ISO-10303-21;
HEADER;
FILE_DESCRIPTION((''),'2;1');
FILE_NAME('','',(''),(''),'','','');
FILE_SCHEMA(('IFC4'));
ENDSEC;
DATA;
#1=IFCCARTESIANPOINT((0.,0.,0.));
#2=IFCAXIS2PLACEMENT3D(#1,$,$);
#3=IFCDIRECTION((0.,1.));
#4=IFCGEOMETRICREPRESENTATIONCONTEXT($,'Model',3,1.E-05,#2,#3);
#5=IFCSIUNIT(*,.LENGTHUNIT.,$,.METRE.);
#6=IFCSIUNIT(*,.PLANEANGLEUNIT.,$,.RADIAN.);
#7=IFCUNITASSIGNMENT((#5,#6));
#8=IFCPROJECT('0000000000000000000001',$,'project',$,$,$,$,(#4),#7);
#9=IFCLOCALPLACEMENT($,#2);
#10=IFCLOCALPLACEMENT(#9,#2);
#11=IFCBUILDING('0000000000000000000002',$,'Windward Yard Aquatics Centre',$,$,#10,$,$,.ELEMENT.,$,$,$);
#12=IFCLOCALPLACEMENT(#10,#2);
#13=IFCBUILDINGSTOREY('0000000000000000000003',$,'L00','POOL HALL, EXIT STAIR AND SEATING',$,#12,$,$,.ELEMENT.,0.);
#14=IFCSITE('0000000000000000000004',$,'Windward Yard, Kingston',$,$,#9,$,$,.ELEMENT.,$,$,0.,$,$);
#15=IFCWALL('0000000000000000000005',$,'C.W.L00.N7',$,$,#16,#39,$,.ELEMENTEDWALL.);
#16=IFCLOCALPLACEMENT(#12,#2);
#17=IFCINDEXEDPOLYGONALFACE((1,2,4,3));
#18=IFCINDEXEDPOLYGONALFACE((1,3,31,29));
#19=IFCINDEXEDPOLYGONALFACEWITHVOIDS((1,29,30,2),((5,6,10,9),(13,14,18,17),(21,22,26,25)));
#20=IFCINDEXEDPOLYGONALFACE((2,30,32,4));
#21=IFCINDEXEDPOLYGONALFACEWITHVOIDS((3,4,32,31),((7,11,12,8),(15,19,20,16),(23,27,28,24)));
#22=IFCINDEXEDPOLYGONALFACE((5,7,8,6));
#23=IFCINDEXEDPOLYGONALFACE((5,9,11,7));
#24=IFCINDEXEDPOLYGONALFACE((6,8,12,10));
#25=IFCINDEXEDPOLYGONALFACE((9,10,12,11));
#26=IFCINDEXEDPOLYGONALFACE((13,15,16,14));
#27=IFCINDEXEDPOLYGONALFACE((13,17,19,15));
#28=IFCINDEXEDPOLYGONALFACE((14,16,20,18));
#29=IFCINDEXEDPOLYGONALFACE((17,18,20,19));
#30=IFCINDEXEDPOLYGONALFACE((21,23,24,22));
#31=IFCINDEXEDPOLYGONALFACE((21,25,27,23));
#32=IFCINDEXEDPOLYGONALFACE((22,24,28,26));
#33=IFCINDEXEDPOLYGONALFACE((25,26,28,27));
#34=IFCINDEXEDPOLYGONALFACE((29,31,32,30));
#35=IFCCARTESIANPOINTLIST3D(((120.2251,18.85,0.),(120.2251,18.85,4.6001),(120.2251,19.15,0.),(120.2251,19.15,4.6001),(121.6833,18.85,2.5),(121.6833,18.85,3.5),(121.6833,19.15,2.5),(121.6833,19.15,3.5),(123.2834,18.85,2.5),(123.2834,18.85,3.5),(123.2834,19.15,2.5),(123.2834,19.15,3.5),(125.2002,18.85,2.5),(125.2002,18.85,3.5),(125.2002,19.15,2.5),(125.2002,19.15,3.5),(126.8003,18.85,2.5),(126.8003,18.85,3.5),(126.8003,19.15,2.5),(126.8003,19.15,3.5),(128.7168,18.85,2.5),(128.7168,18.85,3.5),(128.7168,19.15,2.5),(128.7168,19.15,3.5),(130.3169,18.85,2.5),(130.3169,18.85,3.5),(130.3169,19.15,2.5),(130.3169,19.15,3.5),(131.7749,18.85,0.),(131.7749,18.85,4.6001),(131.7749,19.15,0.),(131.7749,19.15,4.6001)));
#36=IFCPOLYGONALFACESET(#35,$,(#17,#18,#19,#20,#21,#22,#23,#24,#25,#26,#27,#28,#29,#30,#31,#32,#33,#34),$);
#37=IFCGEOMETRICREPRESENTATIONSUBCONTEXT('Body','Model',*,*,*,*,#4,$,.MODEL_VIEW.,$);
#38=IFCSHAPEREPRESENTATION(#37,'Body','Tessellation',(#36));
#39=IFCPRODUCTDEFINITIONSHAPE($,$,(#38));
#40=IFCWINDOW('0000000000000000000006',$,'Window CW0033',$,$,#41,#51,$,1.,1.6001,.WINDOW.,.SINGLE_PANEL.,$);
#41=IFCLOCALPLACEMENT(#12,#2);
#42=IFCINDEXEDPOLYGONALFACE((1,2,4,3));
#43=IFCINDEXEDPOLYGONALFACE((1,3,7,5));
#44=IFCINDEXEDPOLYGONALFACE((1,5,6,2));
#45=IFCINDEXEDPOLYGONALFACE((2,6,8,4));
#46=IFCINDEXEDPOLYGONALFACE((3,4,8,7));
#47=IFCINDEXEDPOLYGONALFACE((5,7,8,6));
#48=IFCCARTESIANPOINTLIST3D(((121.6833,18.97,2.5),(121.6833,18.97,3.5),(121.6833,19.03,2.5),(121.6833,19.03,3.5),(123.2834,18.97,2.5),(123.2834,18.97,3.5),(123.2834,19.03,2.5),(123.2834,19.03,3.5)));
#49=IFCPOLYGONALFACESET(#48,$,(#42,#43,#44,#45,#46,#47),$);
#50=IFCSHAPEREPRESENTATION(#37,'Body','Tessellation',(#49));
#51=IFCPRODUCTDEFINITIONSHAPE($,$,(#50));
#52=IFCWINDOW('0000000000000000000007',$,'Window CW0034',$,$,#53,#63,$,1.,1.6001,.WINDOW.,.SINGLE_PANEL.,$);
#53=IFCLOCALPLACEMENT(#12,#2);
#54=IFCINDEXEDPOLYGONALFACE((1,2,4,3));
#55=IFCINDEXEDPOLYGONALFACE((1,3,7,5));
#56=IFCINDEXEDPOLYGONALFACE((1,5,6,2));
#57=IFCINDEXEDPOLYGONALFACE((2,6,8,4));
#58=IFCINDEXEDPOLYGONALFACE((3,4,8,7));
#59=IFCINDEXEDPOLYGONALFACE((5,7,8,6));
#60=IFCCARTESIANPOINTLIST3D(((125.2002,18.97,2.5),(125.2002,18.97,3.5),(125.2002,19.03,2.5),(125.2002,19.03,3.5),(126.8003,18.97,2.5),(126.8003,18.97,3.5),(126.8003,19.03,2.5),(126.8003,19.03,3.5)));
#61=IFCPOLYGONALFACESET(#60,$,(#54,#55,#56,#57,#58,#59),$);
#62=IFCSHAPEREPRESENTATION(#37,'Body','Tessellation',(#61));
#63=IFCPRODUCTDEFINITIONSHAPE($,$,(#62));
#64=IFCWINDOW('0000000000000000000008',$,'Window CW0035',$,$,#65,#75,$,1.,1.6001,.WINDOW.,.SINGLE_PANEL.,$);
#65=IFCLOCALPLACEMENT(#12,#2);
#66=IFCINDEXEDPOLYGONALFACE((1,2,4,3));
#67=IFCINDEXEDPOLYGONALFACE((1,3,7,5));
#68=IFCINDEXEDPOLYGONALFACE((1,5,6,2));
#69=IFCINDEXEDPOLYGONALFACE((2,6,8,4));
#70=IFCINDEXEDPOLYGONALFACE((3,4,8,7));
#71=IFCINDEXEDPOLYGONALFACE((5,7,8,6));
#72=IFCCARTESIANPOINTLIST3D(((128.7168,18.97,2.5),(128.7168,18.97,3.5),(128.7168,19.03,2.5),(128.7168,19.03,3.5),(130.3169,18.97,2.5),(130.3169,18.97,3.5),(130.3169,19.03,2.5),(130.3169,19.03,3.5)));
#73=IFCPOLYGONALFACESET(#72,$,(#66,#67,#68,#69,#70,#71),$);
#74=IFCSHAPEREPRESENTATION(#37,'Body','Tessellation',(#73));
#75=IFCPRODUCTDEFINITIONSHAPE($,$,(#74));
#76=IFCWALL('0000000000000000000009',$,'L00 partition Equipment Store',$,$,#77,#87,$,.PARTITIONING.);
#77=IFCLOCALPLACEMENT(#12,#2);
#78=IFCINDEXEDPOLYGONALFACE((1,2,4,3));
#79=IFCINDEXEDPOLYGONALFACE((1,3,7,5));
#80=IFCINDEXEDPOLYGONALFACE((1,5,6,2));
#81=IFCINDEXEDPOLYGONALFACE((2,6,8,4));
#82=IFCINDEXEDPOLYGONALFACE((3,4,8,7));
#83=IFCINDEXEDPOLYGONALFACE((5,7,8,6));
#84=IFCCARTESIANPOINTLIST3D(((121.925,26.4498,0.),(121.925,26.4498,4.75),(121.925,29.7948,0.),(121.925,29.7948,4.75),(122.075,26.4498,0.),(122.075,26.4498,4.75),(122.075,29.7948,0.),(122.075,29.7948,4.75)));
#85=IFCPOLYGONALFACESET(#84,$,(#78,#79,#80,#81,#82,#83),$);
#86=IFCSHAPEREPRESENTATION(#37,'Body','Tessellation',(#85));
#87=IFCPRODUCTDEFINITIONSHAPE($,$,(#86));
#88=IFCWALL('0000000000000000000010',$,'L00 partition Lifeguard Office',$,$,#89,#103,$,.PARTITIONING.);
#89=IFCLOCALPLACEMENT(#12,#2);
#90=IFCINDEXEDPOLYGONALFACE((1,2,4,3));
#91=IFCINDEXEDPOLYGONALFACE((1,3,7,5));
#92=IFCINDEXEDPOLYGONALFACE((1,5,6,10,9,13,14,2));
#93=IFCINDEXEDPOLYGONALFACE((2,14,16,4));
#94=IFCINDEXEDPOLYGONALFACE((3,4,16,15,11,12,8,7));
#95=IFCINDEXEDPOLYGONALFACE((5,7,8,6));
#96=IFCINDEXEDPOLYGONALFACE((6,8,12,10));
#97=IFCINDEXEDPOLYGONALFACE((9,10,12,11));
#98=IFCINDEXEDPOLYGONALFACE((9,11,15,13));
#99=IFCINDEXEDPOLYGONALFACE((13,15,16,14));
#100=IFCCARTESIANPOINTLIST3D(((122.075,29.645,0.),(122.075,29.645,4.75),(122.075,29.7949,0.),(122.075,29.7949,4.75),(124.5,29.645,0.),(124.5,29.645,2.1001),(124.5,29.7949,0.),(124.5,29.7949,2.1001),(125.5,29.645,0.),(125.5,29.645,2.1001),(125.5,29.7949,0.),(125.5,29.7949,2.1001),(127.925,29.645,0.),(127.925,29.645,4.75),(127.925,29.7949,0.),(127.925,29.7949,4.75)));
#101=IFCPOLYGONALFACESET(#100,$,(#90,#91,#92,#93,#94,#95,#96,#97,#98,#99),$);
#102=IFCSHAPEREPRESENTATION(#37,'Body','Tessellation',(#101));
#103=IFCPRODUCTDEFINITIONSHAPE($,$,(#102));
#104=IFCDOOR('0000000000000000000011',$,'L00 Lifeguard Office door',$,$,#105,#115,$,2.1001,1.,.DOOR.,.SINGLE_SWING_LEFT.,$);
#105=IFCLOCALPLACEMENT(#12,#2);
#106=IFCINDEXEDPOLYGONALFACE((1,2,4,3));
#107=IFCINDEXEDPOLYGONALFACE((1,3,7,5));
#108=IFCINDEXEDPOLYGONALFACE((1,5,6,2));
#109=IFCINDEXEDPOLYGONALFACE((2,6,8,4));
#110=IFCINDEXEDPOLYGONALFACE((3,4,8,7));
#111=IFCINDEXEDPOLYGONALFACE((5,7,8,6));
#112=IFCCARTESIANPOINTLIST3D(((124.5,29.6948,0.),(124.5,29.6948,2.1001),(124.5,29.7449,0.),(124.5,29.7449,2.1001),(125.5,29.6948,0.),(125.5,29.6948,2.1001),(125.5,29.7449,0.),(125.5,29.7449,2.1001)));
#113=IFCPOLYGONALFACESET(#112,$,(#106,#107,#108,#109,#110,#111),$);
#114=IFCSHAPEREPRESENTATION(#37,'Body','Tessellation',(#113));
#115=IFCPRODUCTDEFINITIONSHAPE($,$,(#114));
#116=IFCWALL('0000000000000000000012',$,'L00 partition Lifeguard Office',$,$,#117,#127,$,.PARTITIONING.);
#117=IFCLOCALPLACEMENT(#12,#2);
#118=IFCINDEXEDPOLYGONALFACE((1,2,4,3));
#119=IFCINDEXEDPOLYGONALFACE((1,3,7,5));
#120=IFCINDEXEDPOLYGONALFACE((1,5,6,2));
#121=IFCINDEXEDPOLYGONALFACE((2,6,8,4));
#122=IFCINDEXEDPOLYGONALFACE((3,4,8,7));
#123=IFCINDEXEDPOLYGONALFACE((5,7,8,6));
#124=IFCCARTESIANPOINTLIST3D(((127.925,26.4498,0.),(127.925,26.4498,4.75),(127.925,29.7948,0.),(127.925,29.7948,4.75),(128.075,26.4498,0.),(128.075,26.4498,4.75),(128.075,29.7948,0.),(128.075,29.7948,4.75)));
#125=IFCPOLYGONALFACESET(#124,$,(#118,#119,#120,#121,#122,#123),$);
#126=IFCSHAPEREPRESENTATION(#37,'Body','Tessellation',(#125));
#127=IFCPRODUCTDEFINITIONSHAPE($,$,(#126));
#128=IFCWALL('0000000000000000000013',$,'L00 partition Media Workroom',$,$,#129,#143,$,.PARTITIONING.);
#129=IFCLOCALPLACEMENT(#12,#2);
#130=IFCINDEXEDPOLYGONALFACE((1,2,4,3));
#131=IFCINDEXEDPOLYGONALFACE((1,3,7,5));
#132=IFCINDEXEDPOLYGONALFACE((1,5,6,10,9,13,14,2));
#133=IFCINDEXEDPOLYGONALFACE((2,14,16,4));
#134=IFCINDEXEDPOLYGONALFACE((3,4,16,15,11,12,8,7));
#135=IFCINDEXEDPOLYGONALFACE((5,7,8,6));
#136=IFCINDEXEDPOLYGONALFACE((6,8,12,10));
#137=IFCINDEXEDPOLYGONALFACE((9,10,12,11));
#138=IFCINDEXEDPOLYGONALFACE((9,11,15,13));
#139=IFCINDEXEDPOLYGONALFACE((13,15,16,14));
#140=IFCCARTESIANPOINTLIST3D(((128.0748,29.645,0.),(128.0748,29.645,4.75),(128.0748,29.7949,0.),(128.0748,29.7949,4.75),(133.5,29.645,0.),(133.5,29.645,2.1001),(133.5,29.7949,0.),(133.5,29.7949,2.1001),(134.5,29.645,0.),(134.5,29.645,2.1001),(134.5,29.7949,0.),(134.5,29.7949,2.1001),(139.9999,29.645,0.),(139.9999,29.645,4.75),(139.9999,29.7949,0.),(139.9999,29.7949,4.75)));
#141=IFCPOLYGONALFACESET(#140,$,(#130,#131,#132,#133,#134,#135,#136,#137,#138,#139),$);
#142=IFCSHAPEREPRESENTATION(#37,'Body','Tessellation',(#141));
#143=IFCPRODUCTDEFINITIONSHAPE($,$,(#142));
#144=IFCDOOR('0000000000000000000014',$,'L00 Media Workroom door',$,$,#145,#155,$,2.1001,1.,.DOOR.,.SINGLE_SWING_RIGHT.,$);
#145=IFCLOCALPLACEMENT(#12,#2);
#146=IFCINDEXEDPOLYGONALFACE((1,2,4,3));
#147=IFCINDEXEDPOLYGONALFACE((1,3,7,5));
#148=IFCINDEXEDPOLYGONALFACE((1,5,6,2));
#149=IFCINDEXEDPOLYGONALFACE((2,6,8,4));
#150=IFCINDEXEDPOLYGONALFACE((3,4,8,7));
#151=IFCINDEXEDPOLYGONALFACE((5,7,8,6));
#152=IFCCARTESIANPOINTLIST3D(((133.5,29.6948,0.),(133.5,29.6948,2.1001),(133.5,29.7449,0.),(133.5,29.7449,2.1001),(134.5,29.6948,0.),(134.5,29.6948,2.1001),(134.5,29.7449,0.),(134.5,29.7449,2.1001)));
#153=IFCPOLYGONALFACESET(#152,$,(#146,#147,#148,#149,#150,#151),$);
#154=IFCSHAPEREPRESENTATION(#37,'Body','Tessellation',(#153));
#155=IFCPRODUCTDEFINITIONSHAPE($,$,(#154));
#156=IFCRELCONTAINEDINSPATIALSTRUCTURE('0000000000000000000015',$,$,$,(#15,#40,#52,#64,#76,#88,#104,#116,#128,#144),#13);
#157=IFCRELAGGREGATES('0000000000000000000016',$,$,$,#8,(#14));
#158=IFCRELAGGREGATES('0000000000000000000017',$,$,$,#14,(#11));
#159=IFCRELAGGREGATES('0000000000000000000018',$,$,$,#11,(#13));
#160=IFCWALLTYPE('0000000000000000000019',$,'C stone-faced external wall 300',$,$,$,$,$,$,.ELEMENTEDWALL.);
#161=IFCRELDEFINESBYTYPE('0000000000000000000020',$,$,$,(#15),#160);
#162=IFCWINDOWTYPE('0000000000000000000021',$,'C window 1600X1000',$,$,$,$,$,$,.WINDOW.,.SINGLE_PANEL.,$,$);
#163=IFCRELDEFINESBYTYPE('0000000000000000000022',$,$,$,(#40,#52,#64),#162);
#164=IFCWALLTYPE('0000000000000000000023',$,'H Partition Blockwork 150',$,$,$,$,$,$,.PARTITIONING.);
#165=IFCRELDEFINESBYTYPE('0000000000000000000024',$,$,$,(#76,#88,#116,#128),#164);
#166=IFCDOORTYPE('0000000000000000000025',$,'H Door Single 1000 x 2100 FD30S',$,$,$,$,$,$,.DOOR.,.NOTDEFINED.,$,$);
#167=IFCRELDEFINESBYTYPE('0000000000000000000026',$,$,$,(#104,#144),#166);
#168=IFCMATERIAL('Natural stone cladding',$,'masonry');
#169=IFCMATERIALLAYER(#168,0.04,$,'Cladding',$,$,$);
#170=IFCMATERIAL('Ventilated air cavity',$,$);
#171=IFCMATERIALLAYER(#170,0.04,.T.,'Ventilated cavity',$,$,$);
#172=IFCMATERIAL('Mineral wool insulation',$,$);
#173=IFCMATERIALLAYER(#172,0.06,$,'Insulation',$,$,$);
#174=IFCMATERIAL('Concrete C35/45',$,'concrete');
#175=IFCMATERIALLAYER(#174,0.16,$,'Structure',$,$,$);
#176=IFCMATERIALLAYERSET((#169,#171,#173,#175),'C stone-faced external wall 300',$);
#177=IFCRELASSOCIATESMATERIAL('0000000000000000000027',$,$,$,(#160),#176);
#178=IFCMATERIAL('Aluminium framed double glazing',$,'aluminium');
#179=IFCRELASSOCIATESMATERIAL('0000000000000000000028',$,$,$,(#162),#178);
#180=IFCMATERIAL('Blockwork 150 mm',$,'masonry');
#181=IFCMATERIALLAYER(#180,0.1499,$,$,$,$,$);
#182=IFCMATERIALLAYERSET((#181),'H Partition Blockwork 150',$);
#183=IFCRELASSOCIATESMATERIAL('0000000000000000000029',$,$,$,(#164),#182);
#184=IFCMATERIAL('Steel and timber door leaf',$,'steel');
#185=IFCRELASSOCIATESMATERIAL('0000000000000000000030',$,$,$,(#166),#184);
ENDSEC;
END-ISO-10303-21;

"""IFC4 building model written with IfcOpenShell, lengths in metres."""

from ifc_helpers import new_model, si_unit, direction, frame, frame_2d, origin, place, context, subcontext, project, spatial, rectangle, extrude, material, layer, layer_set, type_object, element, fill, save


model = new_model("IFC4")

# Units and contexts
model_context = context("Model", 3, precision=1e-05, world=origin(), true_north=direction((0.0, 1.0)))
body_context = subcontext(model_context, "Body", "Model", "MODEL_VIEW")
ifc_project = project(units=[si_unit("LENGTHUNIT", "METRE"), si_unit("PLANEANGLEUNIT", "RADIAN")], contexts=[model_context])

# Site, building, storey
site_placement = place(None, origin())
site = spatial("IfcSite", under=ifc_project, at=site_placement, Name="Windward Yard, Kingston", CompositionType="ELEMENT", RefElevation=0.0)
building_placement = place(site_placement, origin())
building = spatial("IfcBuilding", under=site, at=building_placement, Name="Windward Yard Aquatics Centre", CompositionType="ELEMENT")
storey_placement = place(building_placement, origin())
storey = spatial("IfcBuildingStorey", under=building, at=storey_placement, Name="L00", Description="POOL HALL, EXIT STAIR AND SEATING", CompositionType="ELEMENT", Elevation=0.0)

# Shared definitions
ifc_material_1 = material(Name="Concrete C35/45", Category="concrete")

# Wall, openings, windows
ifc_material_2 = material(Name="Natural stone cladding", Category="masonry")
ifc_layer_1 = layer(ifc_material_2, 0.04, Name="Cladding")
ifc_material_3 = material(Name="Ventilated air cavity")
ifc_layer_2 = layer(ifc_material_3, 0.04, ventilated=True, Name="Ventilated cavity")
ifc_material_4 = material(Name="Mineral wool insulation")
ifc_layer_3 = layer(ifc_material_4, 0.06, Name="Insulation")
ifc_layer_4 = layer(ifc_material_1, 0.16, Name="Structure")
ifc_layer_set_1 = layer_set([ifc_layer_1, ifc_layer_2, ifc_layer_3, ifc_layer_4], Name="C stone-faced external wall 300")
wall_type_1 = type_object("IfcWallType", Name="C stone-faced external wall 300", PredefinedType="ELEMENTEDWALL", material=ifc_layer_set_1)
wall_1_placement = place(storey_placement, frame((120.2251, 19.0, 0.0), z_axis=(0.0, 0.0, 1.0), x_axis=(1.0, 0.0, 0.0)))
wall_1 = element("IfcWall", 1, at=wall_1_placement, inside=storey, type_object=wall_type_1, Name="C.W.L00.N7", PredefinedType="ELEMENTEDWALL", context=body_context, shape_type="SweptSolid", body=[
    extrude(rectangle(XDim=11.5498, YDim=0.3, at=frame_2d((5.7749, 0.0))), origin(), (0.0, 0.0, 1.0), 4.6001),
])
opening_1_placement = place(wall_1_placement, frame((1.4583, 0.0, 2.5)))
opening_1 = element("IfcOpeningElement", 2, at=opening_1_placement, cuts=wall_1, PredefinedType="OPENING", context=body_context, shape_type="SweptSolid", body=[
    extrude(rectangle(XDim=1.6001, YDim=1.0, at=frame_2d((0.8, 0.5))), frame((0.0, 0.1602, 0.0), z_axis=(0.0, -1.0, 0.0), x_axis=(1.0, 0.0, 0.0)), (0.0, 0.0, 1.0), 0.3201),
])
opening_2_placement = place(wall_1_placement, frame((4.9751, 0.0, 2.5)))
opening_2 = element("IfcOpeningElement", 3, at=opening_2_placement, cuts=wall_1, PredefinedType="OPENING", context=body_context, shape_type="SweptSolid", body=[
    extrude(rectangle(XDim=1.6001, YDim=1.0, at=frame_2d((0.8, 0.5))), frame((0.0, 0.1602, 0.0), z_axis=(0.0, -1.0, 0.0), x_axis=(1.0, 0.0, 0.0)), (0.0, 0.0, 1.0), 0.3201),
])
opening_3_placement = place(wall_1_placement, frame((8.4917, 0.0, 2.5)))
opening_3 = element("IfcOpeningElement", 4, at=opening_3_placement, cuts=wall_1, PredefinedType="OPENING", context=body_context, shape_type="SweptSolid", body=[
    extrude(rectangle(XDim=1.6001, YDim=1.0, at=frame_2d((0.8, 0.5))), frame((0.0, 0.1602, 0.0), z_axis=(0.0, -1.0, 0.0), x_axis=(1.0, 0.0, 0.0)), (0.0, 0.0, 1.0), 0.3201),
])
ifc_material_5 = material(Name="Aluminium framed double glazing", Category="aluminium")
window_type = type_object("IfcWindowType", Name="C window 1600X1000", PartitioningType="SINGLE_PANEL", PredefinedType="WINDOW", material=ifc_material_5)
window_1_placement = place(opening_1_placement, origin())
window_1 = element("IfcWindow", 5, at=window_1_placement, inside=storey, type_object=window_type, Name="Window CW0033", OverallHeight=1.0, OverallWidth=1.6001, PartitioningType="SINGLE_PANEL", PredefinedType="WINDOW", context=body_context, shape_type="SweptSolid", body=[
    extrude(rectangle(XDim=1.6001, YDim=1.0, at=frame_2d((0.8, 0.5))), frame((0.0, 0.03, 0.0), z_axis=(0.0, -1.0, 0.0), x_axis=(1.0, 0.0, 0.0)), (0.0, 0.0, 1.0), 0.0601),
])
fill(opening_1, window_1)
window_2_placement = place(opening_2_placement, origin())
window_2 = element("IfcWindow", 6, at=window_2_placement, inside=storey, type_object=window_type, Name="Window CW0034", OverallHeight=1.0, OverallWidth=1.6001, PartitioningType="SINGLE_PANEL", PredefinedType="WINDOW", context=body_context, shape_type="SweptSolid", body=[
    extrude(rectangle(XDim=1.6001, YDim=1.0, at=frame_2d((0.8, 0.5))), frame((0.0, 0.03, 0.0), z_axis=(0.0, -1.0, 0.0), x_axis=(1.0, 0.0, 0.0)), (0.0, 0.0, 1.0), 0.0601),
])
fill(opening_2, window_2)
window_3_placement = place(opening_3_placement, origin())
window_3 = element("IfcWindow", 7, at=window_3_placement, inside=storey, type_object=window_type, Name="Window CW0035", OverallHeight=1.0, OverallWidth=1.6001, PartitioningType="SINGLE_PANEL", PredefinedType="WINDOW", context=body_context, shape_type="SweptSolid", body=[
    extrude(rectangle(XDim=1.6001, YDim=1.0, at=frame_2d((0.8, 0.5))), frame((0.0, 0.03, 0.0), z_axis=(0.0, -1.0, 0.0), x_axis=(1.0, 0.0, 0.0)), (0.0, 0.0, 1.0), 0.0601),
])
fill(opening_3, window_3)

# Wall
ifc_material_6 = material(Name="Blockwork 150 mm", Category="masonry")
ifc_layer_5 = layer(ifc_material_6, 0.1499)
ifc_layer_set_2 = layer_set([ifc_layer_5], Name="H Partition Blockwork 150")
wall_type_2 = type_object("IfcWallType", Name="H Partition Blockwork 150", PredefinedType="PARTITIONING", material=ifc_layer_set_2)
wall_2_placement = place(storey_placement, frame((122.0, 26.45, 0.0), z_axis=(0.0, 0.0, 1.0), x_axis=(0.0, 1.0, 0.0)))
element("IfcWall", 8, at=wall_2_placement, inside=storey, type_object=wall_type_2, Name="L00 partition Equipment Store", PredefinedType="PARTITIONING", context=body_context, shape_type="SweptSolid", body=[
    extrude(rectangle(XDim=3.345, YDim=0.1499, at=frame_2d((1.6724, 0.0))), origin(), (0.0, 0.0, 1.0), 4.75),
])

# Wall, opening, door
wall_3_placement = place(storey_placement, frame((122.075, 29.72, 0.0), z_axis=(0.0, 0.0, 1.0), x_axis=(1.0, 0.0, 0.0)))
wall_3 = element("IfcWall", 9, at=wall_3_placement, inside=storey, type_object=wall_type_2, Name="L00 partition Lifeguard Office", PredefinedType="PARTITIONING", context=body_context, shape_type="SweptSolid", body=[
    extrude(rectangle(XDim=5.8501, YDim=0.1499, at=frame_2d((2.925, 0.0))), origin(), (0.0, 0.0, 1.0), 4.75),
])
opening_4_placement = place(wall_3_placement, frame((2.425, 0.0, 0.0)))
opening_4 = element("IfcOpeningElement", 10, at=opening_4_placement, cuts=wall_3, PredefinedType="OPENING", context=body_context, shape_type="SweptSolid", body=[
    extrude(rectangle(XDim=1.0, YDim=2.1001, at=frame_2d((0.5, 1.05))), frame((0.0, 0.085, 0.0), z_axis=(0.0, -1.0, 0.0), x_axis=(1.0, 0.0, 0.0)), (0.0, 0.0, 1.0), 0.1699),
])
ifc_material_7 = material(Name="Steel and timber door leaf", Category="steel")
door_type = type_object("IfcDoorType", Name="H Door Single 1000 x 2100 FD30S", OperationType="NOTDEFINED", PredefinedType="DOOR", material=ifc_material_7)
door_1_placement = place(opening_4_placement, origin())
door_1 = element("IfcDoor", 11, at=door_1_placement, inside=storey, type_object=door_type, Name="L00 Lifeguard Office door", OperationType="SINGLE_SWING_LEFT", OverallHeight=2.1001, OverallWidth=1.0, PredefinedType="DOOR", context=body_context, shape_type="SweptSolid", body=[
    extrude(rectangle(XDim=1.0, YDim=2.1001, at=frame_2d((0.5, 1.05))), frame((0.0, 0.0249, 0.0), z_axis=(0.0, -1.0, 0.0), x_axis=(1.0, 0.0, 0.0)), (0.0, 0.0, 1.0), 0.05),
])
fill(opening_4, door_1)

# Wall
wall_4_placement = place(storey_placement, frame((128.0, 26.45, 0.0), z_axis=(0.0, 0.0, 1.0), x_axis=(0.0, 1.0, 0.0)))
element("IfcWall", 12, at=wall_4_placement, inside=storey, type_object=wall_type_2, Name="L00 partition Lifeguard Office", PredefinedType="PARTITIONING", context=body_context, shape_type="SweptSolid", body=[
    extrude(rectangle(XDim=3.345, YDim=0.1499, at=frame_2d((1.6724, 0.0))), origin(), (0.0, 0.0, 1.0), 4.75),
])

# Wall, opening, door
wall_5_placement = place(storey_placement, frame((128.075, 29.72, 0.0), z_axis=(0.0, 0.0, 1.0), x_axis=(1.0, 0.0, 0.0)))
wall_5 = element("IfcWall", 13, at=wall_5_placement, inside=storey, type_object=wall_type_2, Name="L00 partition Media Workroom", PredefinedType="PARTITIONING", context=body_context, shape_type="SweptSolid", body=[
    extrude(rectangle(XDim=11.925, YDim=0.1499, at=frame_2d((5.9624, 0.0))), origin(), (0.0, 0.0, 1.0), 4.75),
])
opening_5_placement = place(wall_5_placement, frame((5.425, 0.0, 0.0)))
opening_5 = element("IfcOpeningElement", 14, at=opening_5_placement, cuts=wall_5, PredefinedType="OPENING", context=body_context, shape_type="SweptSolid", body=[
    extrude(rectangle(XDim=1.0, YDim=2.1001, at=frame_2d((0.5, 1.05))), frame((0.0, 0.085, 0.0), z_axis=(0.0, -1.0, 0.0), x_axis=(1.0, 0.0, 0.0)), (0.0, 0.0, 1.0), 0.1699),
])
door_2_placement = place(opening_5_placement, origin())
door_2 = element("IfcDoor", 15, at=door_2_placement, inside=storey, type_object=door_type, Name="L00 Media Workroom door", OperationType="SINGLE_SWING_RIGHT", OverallHeight=2.1001, OverallWidth=1.0, PredefinedType="DOOR", context=body_context, shape_type="SweptSolid", body=[
    extrude(rectangle(XDim=1.0, YDim=2.1001, at=frame_2d((0.5, 1.05))), frame((0.0, 0.0249, 0.0), z_axis=(0.0, -1.0, 0.0), x_axis=(1.0, 0.0, 0.0)), (0.0, 0.0, 1.0), 0.05),
])
fill(opening_5, door_2)

save(model, "model.ifc")
